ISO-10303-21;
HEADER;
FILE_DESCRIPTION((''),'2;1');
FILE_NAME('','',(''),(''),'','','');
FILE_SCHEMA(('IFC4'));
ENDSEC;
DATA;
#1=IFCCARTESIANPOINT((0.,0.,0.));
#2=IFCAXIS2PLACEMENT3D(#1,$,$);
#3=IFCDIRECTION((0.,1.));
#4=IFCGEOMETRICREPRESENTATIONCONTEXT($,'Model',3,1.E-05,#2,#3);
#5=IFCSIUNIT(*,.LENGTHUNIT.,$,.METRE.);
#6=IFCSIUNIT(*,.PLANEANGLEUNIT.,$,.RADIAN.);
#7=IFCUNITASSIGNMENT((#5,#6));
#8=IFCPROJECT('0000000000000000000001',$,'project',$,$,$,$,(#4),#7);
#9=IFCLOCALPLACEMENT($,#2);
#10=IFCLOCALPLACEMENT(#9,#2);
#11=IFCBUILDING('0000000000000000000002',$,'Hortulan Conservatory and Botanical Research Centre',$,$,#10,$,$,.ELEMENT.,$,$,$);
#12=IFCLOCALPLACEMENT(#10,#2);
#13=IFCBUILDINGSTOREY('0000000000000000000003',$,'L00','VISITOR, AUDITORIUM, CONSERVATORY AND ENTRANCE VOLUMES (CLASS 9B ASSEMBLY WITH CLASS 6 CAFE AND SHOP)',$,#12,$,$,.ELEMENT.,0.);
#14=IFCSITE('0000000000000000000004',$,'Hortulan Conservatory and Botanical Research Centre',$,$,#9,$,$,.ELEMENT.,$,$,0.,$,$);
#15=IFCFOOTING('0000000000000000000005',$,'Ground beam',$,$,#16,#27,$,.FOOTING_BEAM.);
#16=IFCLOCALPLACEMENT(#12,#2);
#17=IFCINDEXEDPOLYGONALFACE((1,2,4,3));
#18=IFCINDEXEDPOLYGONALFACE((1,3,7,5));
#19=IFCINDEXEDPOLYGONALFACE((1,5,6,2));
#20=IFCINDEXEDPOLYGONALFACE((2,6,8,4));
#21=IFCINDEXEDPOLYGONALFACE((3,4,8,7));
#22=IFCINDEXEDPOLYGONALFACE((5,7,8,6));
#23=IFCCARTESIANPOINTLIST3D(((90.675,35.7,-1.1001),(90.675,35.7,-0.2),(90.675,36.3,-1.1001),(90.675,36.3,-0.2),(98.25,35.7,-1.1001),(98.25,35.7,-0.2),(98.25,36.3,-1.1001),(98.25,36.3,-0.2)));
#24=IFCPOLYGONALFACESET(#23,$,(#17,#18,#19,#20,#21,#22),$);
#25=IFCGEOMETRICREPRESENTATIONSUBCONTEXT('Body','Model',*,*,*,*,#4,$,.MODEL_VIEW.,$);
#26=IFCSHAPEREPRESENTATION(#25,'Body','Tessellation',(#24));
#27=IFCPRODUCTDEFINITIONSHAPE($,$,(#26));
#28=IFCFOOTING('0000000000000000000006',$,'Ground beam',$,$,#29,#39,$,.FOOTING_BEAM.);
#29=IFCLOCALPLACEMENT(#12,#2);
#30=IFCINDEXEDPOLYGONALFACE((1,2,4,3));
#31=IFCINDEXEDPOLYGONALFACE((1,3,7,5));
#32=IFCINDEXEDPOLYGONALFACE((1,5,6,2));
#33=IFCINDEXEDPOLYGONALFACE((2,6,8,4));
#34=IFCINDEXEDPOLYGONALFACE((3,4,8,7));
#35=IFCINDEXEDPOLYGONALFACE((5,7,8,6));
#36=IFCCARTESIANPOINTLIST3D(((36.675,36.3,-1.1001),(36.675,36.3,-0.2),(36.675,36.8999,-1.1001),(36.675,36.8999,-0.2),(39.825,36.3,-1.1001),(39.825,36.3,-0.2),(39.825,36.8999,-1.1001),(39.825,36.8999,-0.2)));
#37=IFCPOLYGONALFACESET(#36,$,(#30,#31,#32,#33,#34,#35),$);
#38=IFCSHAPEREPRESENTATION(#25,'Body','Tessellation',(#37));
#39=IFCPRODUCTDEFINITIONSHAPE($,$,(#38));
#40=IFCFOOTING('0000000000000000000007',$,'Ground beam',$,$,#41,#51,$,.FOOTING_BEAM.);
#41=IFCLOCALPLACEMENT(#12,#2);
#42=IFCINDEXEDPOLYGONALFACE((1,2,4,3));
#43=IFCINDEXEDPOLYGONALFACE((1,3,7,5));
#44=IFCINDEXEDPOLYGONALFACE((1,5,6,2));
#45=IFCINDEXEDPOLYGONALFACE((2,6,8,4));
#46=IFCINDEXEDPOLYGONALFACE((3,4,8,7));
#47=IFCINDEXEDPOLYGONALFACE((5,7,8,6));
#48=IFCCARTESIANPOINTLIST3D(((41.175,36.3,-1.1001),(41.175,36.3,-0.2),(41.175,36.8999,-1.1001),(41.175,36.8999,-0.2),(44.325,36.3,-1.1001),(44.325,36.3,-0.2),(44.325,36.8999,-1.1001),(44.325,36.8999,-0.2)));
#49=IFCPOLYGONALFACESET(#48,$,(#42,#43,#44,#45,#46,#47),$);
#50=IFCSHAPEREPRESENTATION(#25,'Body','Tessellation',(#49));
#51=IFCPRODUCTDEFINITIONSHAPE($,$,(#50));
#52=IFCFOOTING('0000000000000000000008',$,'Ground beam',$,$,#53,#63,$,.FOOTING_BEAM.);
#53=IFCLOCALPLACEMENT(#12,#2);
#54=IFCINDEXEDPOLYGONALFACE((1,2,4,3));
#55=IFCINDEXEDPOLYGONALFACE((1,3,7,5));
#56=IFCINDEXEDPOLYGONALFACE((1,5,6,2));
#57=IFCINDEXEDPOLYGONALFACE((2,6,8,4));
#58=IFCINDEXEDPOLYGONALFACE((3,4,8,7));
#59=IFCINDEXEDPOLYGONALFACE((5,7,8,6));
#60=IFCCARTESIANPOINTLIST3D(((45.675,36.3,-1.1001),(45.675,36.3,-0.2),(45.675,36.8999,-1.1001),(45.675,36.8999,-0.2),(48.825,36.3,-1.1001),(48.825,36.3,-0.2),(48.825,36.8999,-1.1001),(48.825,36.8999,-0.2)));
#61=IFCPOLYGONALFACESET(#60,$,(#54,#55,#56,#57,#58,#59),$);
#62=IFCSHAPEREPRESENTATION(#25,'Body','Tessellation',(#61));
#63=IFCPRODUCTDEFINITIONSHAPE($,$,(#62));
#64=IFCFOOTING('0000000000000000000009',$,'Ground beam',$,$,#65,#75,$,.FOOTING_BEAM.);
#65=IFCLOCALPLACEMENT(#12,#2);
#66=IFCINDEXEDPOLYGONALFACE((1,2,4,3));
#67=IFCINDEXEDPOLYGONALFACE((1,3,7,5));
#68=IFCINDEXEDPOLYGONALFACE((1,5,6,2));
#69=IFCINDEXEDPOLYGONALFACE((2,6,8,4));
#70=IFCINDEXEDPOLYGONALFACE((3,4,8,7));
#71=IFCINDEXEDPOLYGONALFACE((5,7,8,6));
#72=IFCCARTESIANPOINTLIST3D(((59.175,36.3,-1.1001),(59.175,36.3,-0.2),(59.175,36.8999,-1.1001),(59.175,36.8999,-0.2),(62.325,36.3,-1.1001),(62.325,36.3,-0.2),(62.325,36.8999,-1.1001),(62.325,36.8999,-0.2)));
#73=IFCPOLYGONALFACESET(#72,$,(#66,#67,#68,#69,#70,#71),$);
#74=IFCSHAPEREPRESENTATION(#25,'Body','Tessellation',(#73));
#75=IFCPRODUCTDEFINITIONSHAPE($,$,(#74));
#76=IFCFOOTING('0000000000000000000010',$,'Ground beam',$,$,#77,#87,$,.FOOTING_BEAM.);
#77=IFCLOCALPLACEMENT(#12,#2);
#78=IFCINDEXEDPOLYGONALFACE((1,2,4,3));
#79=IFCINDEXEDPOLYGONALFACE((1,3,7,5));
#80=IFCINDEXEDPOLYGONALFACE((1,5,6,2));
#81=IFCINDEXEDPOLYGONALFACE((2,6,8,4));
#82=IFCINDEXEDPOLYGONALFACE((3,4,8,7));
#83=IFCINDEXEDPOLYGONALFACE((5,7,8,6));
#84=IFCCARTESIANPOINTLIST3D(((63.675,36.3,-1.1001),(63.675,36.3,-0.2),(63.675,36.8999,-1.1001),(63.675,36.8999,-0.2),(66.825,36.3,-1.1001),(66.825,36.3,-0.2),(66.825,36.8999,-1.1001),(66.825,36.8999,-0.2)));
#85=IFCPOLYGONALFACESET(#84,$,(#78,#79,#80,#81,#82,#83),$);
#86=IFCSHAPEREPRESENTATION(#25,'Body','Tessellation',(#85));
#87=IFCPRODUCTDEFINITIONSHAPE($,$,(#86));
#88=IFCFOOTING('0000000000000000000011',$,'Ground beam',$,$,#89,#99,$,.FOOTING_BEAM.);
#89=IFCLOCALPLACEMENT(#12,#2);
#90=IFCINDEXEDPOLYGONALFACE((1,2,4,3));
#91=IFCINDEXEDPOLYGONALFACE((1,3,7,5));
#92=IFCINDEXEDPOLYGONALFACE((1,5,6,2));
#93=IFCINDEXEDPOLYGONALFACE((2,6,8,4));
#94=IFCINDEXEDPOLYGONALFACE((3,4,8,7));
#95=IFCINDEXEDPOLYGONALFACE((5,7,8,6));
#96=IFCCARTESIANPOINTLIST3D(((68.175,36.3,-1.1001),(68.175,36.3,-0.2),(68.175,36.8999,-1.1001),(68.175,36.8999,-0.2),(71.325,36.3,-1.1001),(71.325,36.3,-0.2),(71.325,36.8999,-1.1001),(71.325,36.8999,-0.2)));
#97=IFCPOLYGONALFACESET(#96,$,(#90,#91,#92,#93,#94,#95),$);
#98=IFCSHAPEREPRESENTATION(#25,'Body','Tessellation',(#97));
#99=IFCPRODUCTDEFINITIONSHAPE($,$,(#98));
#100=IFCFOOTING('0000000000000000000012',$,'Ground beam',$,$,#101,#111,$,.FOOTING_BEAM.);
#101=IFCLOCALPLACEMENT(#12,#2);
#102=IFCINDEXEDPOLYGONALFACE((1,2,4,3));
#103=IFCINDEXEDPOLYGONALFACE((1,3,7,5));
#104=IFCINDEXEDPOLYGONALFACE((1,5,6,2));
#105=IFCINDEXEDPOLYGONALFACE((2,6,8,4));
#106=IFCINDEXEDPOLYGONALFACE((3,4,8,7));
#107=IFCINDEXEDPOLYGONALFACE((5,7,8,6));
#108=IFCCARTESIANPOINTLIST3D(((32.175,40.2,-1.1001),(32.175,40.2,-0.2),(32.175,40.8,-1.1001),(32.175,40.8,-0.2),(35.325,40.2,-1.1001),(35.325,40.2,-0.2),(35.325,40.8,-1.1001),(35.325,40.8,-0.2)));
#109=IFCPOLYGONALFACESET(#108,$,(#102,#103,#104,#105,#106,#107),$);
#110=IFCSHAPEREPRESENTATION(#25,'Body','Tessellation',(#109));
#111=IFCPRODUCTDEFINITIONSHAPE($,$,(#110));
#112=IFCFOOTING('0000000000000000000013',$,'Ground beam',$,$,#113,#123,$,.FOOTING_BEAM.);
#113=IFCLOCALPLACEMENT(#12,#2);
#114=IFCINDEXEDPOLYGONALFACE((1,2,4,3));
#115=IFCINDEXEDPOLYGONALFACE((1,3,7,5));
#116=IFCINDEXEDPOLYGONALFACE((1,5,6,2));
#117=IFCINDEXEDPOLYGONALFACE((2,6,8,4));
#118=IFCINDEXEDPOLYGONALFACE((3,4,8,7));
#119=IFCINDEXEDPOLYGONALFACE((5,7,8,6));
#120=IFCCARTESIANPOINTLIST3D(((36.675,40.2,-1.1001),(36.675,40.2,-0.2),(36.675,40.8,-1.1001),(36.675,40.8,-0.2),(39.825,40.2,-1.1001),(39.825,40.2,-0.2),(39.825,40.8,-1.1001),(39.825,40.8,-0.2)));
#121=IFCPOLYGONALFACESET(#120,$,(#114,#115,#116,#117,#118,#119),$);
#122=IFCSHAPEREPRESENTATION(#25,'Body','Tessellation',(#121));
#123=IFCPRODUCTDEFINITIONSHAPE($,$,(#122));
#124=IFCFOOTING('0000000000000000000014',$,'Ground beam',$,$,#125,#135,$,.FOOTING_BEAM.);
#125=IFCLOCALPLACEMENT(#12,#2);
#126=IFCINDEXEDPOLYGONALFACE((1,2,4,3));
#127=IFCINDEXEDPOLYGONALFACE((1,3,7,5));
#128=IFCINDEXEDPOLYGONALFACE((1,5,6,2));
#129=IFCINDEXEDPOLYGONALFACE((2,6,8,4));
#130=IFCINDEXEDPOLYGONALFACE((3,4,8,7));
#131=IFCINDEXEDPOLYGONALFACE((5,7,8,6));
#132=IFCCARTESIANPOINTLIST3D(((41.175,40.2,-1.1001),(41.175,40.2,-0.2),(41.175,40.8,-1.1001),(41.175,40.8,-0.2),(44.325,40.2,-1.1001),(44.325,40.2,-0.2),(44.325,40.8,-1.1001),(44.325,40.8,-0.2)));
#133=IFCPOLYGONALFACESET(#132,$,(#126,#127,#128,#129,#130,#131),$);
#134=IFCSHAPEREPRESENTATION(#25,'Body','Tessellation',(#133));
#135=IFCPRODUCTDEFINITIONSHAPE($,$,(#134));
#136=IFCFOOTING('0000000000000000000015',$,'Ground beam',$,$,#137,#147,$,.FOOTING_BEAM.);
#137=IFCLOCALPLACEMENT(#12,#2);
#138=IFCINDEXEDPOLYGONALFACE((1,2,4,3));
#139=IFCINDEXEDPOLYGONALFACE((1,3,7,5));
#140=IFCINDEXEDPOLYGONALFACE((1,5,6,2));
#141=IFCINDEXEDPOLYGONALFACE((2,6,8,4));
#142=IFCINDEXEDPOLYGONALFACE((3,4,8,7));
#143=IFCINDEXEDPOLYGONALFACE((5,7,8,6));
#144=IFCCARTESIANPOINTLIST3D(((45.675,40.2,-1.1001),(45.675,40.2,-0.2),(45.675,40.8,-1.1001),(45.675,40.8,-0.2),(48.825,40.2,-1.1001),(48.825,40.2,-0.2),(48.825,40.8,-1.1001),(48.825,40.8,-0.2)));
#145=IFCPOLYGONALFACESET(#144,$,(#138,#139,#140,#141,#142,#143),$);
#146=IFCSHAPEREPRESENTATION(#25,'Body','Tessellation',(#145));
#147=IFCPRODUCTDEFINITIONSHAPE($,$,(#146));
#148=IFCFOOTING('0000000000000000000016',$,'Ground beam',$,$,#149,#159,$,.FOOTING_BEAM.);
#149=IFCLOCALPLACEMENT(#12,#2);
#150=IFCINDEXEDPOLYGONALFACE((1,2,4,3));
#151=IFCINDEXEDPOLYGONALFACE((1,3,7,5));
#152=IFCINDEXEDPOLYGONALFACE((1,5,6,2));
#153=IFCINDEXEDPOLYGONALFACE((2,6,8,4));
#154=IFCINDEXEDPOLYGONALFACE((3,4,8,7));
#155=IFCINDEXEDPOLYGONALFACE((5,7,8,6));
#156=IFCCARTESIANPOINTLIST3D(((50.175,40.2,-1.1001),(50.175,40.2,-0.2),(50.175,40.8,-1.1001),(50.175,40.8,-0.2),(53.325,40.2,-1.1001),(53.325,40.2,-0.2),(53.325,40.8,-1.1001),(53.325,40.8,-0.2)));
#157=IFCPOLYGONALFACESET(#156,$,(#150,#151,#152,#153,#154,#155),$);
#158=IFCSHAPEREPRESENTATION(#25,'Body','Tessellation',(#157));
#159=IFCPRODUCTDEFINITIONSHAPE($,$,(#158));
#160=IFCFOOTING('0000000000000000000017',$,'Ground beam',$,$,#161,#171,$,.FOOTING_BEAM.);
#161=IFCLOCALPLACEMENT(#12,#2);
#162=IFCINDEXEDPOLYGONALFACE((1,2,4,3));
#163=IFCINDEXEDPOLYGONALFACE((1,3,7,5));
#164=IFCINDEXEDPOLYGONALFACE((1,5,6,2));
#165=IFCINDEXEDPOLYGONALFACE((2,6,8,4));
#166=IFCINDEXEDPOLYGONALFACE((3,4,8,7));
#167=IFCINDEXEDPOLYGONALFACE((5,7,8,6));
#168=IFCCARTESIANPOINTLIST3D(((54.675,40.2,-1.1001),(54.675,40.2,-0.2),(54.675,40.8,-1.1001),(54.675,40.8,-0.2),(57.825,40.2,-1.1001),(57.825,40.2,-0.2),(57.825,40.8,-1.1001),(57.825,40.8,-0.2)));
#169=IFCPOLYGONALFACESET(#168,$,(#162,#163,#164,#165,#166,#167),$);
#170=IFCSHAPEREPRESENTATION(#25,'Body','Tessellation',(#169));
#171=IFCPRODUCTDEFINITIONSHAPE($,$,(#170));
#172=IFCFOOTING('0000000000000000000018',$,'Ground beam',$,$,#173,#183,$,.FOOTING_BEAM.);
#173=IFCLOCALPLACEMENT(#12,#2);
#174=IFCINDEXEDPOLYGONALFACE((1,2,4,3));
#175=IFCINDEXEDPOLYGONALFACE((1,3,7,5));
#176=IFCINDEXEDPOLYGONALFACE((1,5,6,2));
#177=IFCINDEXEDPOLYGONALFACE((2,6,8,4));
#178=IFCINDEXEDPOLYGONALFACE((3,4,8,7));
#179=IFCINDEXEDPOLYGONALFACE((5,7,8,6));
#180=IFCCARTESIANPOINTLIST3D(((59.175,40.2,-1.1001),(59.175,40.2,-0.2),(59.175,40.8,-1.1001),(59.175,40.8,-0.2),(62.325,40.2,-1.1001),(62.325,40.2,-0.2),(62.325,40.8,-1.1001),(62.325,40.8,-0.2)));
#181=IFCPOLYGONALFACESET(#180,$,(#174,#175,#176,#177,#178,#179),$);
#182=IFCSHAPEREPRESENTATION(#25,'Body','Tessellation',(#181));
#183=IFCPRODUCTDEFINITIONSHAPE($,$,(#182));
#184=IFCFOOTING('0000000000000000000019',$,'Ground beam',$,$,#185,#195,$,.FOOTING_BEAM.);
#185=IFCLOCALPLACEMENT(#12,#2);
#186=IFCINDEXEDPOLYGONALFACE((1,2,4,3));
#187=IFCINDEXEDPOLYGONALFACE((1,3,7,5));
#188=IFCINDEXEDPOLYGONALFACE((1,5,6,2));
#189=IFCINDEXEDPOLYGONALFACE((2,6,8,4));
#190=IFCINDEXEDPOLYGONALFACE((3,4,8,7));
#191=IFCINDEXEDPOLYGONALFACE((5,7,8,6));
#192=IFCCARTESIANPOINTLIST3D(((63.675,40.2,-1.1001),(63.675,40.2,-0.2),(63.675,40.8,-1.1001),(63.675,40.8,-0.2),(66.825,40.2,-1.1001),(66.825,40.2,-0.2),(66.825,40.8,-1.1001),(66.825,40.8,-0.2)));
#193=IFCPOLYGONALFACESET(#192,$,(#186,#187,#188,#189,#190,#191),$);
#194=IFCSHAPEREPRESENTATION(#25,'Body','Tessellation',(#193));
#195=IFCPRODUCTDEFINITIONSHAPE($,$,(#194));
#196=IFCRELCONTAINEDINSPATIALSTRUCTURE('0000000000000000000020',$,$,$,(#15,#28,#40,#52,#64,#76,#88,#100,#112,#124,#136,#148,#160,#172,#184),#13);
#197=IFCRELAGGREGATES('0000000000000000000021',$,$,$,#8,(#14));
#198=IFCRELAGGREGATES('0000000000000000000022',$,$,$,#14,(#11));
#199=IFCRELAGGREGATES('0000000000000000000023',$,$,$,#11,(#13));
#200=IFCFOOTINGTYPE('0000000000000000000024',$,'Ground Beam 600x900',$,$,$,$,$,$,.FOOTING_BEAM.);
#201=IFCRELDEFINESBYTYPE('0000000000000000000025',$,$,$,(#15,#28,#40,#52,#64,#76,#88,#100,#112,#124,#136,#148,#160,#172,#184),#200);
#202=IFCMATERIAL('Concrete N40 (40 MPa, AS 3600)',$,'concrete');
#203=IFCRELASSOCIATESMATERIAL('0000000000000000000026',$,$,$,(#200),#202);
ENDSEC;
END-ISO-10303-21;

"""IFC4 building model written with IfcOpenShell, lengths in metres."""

from ifc_helpers import new_model, si_unit, direction, frame, origin, place, context, subcontext, project, spatial, polyline, outline, extrude, material, type_object, element, save


model = new_model("IFC4")

# Units and contexts
model_context = context("Model", 3, precision=1e-05, world=origin(), true_north=direction((0.0, 1.0)))
body_context = subcontext(model_context, "Body", "Model", "MODEL_VIEW")
ifc_project = project(units=[si_unit("LENGTHUNIT", "METRE"), si_unit("PLANEANGLEUNIT", "RADIAN")], contexts=[model_context])

# Site, building, storey
site_placement = place(None, origin())
site = spatial("IfcSite", under=ifc_project, at=site_placement, Name="Hortulan Conservatory and Botanical Research Centre", CompositionType="ELEMENT", RefElevation=0.0)
building_placement = place(site_placement, origin())
building = spatial("IfcBuilding", under=site, at=building_placement, Name="Hortulan Conservatory and Botanical Research Centre", CompositionType="ELEMENT")
storey_placement = place(building_placement, origin())
storey = spatial("IfcBuildingStorey", under=building, at=storey_placement, Name="L00", Description="VISITOR, AUDITORIUM, CONSERVATORY AND ENTRANCE VOLUMES (CLASS 9B ASSEMBLY WITH CLASS 6 CAFE AND SHOP)", CompositionType="ELEMENT", Elevation=0.0)

# Footings
ifc_material = material(Name="Concrete N40 (40 MPa, AS 3600)", Category="concrete")
footing_type = type_object("IfcFootingType", Name="Ground Beam 600x900", PredefinedType="FOOTING_BEAM", material=ifc_material)
footing_1_placement = place(storey_placement, frame((0.0, 0.0, -1.1001)))
element("IfcFooting", 1, at=footing_1_placement, inside=storey, type_object=footing_type, Name="Ground beam", PredefinedType="FOOTING_BEAM", context=body_context, shape_type="SweptSolid", body=[
    extrude(outline(polyline([(98.25, 35.7), (98.25, 36.3), (90.675, 36.3), (90.675, 35.7), (98.25, 35.7)])), origin(), (0.0, 0.0, 1.0), 0.9001),
])
footing_2_placement = place(storey_placement, frame((0.0, 0.0, -1.1001)))
element("IfcFooting", 2, at=footing_2_placement, inside=storey, type_object=footing_type, Name="Ground beam", PredefinedType="FOOTING_BEAM", context=body_context, shape_type="SweptSolid", body=[
    extrude(outline(polyline([(39.825, 36.3), (39.825, 36.8999), (36.675, 36.8999), (36.675, 36.3), (39.825, 36.3)])), origin(), (0.0, 0.0, 1.0), 0.9001),
])
footing_3_placement = place(storey_placement, frame((0.0, 0.0, -1.1001)))
element("IfcFooting", 3, at=footing_3_placement, inside=storey, type_object=footing_type, Name="Ground beam", PredefinedType="FOOTING_BEAM", context=body_context, shape_type="SweptSolid", body=[
    extrude(outline(polyline([(44.325, 36.3), (44.325, 36.8999), (41.175, 36.8999), (41.175, 36.3), (44.325, 36.3)])), origin(), (0.0, 0.0, 1.0), 0.9001),
])
footing_4_placement = place(storey_placement, frame((0.0, 0.0, -1.1001)))
element("IfcFooting", 4, at=footing_4_placement, inside=storey, type_object=footing_type, Name="Ground beam", PredefinedType="FOOTING_BEAM", context=body_context, shape_type="SweptSolid", body=[
    extrude(outline(polyline([(48.825, 36.3), (48.825, 36.8999), (45.675, 36.8999), (45.675, 36.3), (48.825, 36.3)])), origin(), (0.0, 0.0, 1.0), 0.9001),
])
footing_5_placement = place(storey_placement, frame((0.0, 0.0, -1.1001)))
element("IfcFooting", 5, at=footing_5_placement, inside=storey, type_object=footing_type, Name="Ground beam", PredefinedType="FOOTING_BEAM", context=body_context, shape_type="SweptSolid", body=[
    extrude(outline(polyline([(62.325, 36.3), (62.325, 36.8999), (59.175, 36.8999), (59.175, 36.3), (62.325, 36.3)])), origin(), (0.0, 0.0, 1.0), 0.9001),
])
footing_6_placement = place(storey_placement, frame((0.0, 0.0, -1.1001)))
element("IfcFooting", 6, at=footing_6_placement, inside=storey, type_object=footing_type, Name="Ground beam", PredefinedType="FOOTING_BEAM", context=body_context, shape_type="SweptSolid", body=[
    extrude(outline(polyline([(66.825, 36.3), (66.825, 36.8999), (63.675, 36.8999), (63.675, 36.3), (66.825, 36.3)])), origin(), (0.0, 0.0, 1.0), 0.9001),
])
footing_7_placement = place(storey_placement, frame((0.0, 0.0, -1.1001)))
element("IfcFooting", 7, at=footing_7_placement, inside=storey, type_object=footing_type, Name="Ground beam", PredefinedType="FOOTING_BEAM", context=body_context, shape_type="SweptSolid", body=[
    extrude(outline(polyline([(71.325, 36.3), (71.325, 36.8999), (68.175, 36.8999), (68.175, 36.3), (71.325, 36.3)])), origin(), (0.0, 0.0, 1.0), 0.9001),
])
footing_8_placement = place(storey_placement, frame((0.0, 0.0, -1.1001)))
element("IfcFooting", 8, at=footing_8_placement, inside=storey, type_object=footing_type, Name="Ground beam", PredefinedType="FOOTING_BEAM", context=body_context, shape_type="SweptSolid", body=[
    extrude(outline(polyline([(35.325, 40.2), (35.325, 40.8), (32.175, 40.8), (32.175, 40.2), (35.325, 40.2)])), origin(), (0.0, 0.0, 1.0), 0.9001),
])
footing_9_placement = place(storey_placement, frame((0.0, 0.0, -1.1001)))
element("IfcFooting", 9, at=footing_9_placement, inside=storey, type_object=footing_type, Name="Ground beam", PredefinedType="FOOTING_BEAM", context=body_context, shape_type="SweptSolid", body=[
    extrude(outline(polyline([(39.825, 40.2), (39.825, 40.8), (36.675, 40.8), (36.675, 40.2), (39.825, 40.2)])), origin(), (0.0, 0.0, 1.0), 0.9001),
])
footing_10_placement = place(storey_placement, frame((0.0, 0.0, -1.1001)))
element("IfcFooting", 10, at=footing_10_placement, inside=storey, type_object=footing_type, Name="Ground beam", PredefinedType="FOOTING_BEAM", context=body_context, shape_type="SweptSolid", body=[
    extrude(outline(polyline([(44.325, 40.2), (44.325, 40.8), (41.175, 40.8), (41.175, 40.2), (44.325, 40.2)])), origin(), (0.0, 0.0, 1.0), 0.9001),
])
footing_11_placement = place(storey_placement, frame((0.0, 0.0, -1.1001)))
element("IfcFooting", 11, at=footing_11_placement, inside=storey, type_object=footing_type, Name="Ground beam", PredefinedType="FOOTING_BEAM", context=body_context, shape_type="SweptSolid", body=[
    extrude(outline(polyline([(48.825, 40.2), (48.825, 40.8), (45.675, 40.8), (45.675, 40.2), (48.825, 40.2)])), origin(), (0.0, 0.0, 1.0), 0.9001),
])
footing_12_placement = place(storey_placement, frame((0.0, 0.0, -1.1001)))
element("IfcFooting", 12, at=footing_12_placement, inside=storey, type_object=footing_type, Name="Ground beam", PredefinedType="FOOTING_BEAM", context=body_context, shape_type="SweptSolid", body=[
    extrude(outline(polyline([(53.325, 40.2), (53.325, 40.8), (50.175, 40.8), (50.175, 40.2), (53.325, 40.2)])), origin(), (0.0, 0.0, 1.0), 0.9001),
])
footing_13_placement = place(storey_placement, frame((0.0, 0.0, -1.1001)))
element("IfcFooting", 13, at=footing_13_placement, inside=storey, type_object=footing_type, Name="Ground beam", PredefinedType="FOOTING_BEAM", context=body_context, shape_type="SweptSolid", body=[
    extrude(outline(polyline([(57.825, 40.2), (57.825, 40.8), (54.675, 40.8), (54.675, 40.2), (57.825, 40.2)])), origin(), (0.0, 0.0, 1.0), 0.9001),
])
footing_14_placement = place(storey_placement, frame((0.0, 0.0, -1.1001)))
element("IfcFooting", 14, at=footing_14_placement, inside=storey, type_object=footing_type, Name="Ground beam", PredefinedType="FOOTING_BEAM", context=body_context, shape_type="SweptSolid", body=[
    extrude(outline(polyline([(62.325, 40.2), (62.325, 40.8), (59.175, 40.8), (59.175, 40.2), (62.325, 40.2)])), origin(), (0.0, 0.0, 1.0), 0.9001),
])
footing_15_placement = place(storey_placement, frame((0.0, 0.0, -1.1001)))
element("IfcFooting", 15, at=footing_15_placement, inside=storey, type_object=footing_type, Name="Ground beam", PredefinedType="FOOTING_BEAM", context=body_context, shape_type="SweptSolid", body=[
    extrude(outline(polyline([(66.825, 40.2), (66.825, 40.8), (63.675, 40.8), (63.675, 40.2), (66.825, 40.2)])), origin(), (0.0, 0.0, 1.0), 0.9001),
])

save(model, "model.ifc")
